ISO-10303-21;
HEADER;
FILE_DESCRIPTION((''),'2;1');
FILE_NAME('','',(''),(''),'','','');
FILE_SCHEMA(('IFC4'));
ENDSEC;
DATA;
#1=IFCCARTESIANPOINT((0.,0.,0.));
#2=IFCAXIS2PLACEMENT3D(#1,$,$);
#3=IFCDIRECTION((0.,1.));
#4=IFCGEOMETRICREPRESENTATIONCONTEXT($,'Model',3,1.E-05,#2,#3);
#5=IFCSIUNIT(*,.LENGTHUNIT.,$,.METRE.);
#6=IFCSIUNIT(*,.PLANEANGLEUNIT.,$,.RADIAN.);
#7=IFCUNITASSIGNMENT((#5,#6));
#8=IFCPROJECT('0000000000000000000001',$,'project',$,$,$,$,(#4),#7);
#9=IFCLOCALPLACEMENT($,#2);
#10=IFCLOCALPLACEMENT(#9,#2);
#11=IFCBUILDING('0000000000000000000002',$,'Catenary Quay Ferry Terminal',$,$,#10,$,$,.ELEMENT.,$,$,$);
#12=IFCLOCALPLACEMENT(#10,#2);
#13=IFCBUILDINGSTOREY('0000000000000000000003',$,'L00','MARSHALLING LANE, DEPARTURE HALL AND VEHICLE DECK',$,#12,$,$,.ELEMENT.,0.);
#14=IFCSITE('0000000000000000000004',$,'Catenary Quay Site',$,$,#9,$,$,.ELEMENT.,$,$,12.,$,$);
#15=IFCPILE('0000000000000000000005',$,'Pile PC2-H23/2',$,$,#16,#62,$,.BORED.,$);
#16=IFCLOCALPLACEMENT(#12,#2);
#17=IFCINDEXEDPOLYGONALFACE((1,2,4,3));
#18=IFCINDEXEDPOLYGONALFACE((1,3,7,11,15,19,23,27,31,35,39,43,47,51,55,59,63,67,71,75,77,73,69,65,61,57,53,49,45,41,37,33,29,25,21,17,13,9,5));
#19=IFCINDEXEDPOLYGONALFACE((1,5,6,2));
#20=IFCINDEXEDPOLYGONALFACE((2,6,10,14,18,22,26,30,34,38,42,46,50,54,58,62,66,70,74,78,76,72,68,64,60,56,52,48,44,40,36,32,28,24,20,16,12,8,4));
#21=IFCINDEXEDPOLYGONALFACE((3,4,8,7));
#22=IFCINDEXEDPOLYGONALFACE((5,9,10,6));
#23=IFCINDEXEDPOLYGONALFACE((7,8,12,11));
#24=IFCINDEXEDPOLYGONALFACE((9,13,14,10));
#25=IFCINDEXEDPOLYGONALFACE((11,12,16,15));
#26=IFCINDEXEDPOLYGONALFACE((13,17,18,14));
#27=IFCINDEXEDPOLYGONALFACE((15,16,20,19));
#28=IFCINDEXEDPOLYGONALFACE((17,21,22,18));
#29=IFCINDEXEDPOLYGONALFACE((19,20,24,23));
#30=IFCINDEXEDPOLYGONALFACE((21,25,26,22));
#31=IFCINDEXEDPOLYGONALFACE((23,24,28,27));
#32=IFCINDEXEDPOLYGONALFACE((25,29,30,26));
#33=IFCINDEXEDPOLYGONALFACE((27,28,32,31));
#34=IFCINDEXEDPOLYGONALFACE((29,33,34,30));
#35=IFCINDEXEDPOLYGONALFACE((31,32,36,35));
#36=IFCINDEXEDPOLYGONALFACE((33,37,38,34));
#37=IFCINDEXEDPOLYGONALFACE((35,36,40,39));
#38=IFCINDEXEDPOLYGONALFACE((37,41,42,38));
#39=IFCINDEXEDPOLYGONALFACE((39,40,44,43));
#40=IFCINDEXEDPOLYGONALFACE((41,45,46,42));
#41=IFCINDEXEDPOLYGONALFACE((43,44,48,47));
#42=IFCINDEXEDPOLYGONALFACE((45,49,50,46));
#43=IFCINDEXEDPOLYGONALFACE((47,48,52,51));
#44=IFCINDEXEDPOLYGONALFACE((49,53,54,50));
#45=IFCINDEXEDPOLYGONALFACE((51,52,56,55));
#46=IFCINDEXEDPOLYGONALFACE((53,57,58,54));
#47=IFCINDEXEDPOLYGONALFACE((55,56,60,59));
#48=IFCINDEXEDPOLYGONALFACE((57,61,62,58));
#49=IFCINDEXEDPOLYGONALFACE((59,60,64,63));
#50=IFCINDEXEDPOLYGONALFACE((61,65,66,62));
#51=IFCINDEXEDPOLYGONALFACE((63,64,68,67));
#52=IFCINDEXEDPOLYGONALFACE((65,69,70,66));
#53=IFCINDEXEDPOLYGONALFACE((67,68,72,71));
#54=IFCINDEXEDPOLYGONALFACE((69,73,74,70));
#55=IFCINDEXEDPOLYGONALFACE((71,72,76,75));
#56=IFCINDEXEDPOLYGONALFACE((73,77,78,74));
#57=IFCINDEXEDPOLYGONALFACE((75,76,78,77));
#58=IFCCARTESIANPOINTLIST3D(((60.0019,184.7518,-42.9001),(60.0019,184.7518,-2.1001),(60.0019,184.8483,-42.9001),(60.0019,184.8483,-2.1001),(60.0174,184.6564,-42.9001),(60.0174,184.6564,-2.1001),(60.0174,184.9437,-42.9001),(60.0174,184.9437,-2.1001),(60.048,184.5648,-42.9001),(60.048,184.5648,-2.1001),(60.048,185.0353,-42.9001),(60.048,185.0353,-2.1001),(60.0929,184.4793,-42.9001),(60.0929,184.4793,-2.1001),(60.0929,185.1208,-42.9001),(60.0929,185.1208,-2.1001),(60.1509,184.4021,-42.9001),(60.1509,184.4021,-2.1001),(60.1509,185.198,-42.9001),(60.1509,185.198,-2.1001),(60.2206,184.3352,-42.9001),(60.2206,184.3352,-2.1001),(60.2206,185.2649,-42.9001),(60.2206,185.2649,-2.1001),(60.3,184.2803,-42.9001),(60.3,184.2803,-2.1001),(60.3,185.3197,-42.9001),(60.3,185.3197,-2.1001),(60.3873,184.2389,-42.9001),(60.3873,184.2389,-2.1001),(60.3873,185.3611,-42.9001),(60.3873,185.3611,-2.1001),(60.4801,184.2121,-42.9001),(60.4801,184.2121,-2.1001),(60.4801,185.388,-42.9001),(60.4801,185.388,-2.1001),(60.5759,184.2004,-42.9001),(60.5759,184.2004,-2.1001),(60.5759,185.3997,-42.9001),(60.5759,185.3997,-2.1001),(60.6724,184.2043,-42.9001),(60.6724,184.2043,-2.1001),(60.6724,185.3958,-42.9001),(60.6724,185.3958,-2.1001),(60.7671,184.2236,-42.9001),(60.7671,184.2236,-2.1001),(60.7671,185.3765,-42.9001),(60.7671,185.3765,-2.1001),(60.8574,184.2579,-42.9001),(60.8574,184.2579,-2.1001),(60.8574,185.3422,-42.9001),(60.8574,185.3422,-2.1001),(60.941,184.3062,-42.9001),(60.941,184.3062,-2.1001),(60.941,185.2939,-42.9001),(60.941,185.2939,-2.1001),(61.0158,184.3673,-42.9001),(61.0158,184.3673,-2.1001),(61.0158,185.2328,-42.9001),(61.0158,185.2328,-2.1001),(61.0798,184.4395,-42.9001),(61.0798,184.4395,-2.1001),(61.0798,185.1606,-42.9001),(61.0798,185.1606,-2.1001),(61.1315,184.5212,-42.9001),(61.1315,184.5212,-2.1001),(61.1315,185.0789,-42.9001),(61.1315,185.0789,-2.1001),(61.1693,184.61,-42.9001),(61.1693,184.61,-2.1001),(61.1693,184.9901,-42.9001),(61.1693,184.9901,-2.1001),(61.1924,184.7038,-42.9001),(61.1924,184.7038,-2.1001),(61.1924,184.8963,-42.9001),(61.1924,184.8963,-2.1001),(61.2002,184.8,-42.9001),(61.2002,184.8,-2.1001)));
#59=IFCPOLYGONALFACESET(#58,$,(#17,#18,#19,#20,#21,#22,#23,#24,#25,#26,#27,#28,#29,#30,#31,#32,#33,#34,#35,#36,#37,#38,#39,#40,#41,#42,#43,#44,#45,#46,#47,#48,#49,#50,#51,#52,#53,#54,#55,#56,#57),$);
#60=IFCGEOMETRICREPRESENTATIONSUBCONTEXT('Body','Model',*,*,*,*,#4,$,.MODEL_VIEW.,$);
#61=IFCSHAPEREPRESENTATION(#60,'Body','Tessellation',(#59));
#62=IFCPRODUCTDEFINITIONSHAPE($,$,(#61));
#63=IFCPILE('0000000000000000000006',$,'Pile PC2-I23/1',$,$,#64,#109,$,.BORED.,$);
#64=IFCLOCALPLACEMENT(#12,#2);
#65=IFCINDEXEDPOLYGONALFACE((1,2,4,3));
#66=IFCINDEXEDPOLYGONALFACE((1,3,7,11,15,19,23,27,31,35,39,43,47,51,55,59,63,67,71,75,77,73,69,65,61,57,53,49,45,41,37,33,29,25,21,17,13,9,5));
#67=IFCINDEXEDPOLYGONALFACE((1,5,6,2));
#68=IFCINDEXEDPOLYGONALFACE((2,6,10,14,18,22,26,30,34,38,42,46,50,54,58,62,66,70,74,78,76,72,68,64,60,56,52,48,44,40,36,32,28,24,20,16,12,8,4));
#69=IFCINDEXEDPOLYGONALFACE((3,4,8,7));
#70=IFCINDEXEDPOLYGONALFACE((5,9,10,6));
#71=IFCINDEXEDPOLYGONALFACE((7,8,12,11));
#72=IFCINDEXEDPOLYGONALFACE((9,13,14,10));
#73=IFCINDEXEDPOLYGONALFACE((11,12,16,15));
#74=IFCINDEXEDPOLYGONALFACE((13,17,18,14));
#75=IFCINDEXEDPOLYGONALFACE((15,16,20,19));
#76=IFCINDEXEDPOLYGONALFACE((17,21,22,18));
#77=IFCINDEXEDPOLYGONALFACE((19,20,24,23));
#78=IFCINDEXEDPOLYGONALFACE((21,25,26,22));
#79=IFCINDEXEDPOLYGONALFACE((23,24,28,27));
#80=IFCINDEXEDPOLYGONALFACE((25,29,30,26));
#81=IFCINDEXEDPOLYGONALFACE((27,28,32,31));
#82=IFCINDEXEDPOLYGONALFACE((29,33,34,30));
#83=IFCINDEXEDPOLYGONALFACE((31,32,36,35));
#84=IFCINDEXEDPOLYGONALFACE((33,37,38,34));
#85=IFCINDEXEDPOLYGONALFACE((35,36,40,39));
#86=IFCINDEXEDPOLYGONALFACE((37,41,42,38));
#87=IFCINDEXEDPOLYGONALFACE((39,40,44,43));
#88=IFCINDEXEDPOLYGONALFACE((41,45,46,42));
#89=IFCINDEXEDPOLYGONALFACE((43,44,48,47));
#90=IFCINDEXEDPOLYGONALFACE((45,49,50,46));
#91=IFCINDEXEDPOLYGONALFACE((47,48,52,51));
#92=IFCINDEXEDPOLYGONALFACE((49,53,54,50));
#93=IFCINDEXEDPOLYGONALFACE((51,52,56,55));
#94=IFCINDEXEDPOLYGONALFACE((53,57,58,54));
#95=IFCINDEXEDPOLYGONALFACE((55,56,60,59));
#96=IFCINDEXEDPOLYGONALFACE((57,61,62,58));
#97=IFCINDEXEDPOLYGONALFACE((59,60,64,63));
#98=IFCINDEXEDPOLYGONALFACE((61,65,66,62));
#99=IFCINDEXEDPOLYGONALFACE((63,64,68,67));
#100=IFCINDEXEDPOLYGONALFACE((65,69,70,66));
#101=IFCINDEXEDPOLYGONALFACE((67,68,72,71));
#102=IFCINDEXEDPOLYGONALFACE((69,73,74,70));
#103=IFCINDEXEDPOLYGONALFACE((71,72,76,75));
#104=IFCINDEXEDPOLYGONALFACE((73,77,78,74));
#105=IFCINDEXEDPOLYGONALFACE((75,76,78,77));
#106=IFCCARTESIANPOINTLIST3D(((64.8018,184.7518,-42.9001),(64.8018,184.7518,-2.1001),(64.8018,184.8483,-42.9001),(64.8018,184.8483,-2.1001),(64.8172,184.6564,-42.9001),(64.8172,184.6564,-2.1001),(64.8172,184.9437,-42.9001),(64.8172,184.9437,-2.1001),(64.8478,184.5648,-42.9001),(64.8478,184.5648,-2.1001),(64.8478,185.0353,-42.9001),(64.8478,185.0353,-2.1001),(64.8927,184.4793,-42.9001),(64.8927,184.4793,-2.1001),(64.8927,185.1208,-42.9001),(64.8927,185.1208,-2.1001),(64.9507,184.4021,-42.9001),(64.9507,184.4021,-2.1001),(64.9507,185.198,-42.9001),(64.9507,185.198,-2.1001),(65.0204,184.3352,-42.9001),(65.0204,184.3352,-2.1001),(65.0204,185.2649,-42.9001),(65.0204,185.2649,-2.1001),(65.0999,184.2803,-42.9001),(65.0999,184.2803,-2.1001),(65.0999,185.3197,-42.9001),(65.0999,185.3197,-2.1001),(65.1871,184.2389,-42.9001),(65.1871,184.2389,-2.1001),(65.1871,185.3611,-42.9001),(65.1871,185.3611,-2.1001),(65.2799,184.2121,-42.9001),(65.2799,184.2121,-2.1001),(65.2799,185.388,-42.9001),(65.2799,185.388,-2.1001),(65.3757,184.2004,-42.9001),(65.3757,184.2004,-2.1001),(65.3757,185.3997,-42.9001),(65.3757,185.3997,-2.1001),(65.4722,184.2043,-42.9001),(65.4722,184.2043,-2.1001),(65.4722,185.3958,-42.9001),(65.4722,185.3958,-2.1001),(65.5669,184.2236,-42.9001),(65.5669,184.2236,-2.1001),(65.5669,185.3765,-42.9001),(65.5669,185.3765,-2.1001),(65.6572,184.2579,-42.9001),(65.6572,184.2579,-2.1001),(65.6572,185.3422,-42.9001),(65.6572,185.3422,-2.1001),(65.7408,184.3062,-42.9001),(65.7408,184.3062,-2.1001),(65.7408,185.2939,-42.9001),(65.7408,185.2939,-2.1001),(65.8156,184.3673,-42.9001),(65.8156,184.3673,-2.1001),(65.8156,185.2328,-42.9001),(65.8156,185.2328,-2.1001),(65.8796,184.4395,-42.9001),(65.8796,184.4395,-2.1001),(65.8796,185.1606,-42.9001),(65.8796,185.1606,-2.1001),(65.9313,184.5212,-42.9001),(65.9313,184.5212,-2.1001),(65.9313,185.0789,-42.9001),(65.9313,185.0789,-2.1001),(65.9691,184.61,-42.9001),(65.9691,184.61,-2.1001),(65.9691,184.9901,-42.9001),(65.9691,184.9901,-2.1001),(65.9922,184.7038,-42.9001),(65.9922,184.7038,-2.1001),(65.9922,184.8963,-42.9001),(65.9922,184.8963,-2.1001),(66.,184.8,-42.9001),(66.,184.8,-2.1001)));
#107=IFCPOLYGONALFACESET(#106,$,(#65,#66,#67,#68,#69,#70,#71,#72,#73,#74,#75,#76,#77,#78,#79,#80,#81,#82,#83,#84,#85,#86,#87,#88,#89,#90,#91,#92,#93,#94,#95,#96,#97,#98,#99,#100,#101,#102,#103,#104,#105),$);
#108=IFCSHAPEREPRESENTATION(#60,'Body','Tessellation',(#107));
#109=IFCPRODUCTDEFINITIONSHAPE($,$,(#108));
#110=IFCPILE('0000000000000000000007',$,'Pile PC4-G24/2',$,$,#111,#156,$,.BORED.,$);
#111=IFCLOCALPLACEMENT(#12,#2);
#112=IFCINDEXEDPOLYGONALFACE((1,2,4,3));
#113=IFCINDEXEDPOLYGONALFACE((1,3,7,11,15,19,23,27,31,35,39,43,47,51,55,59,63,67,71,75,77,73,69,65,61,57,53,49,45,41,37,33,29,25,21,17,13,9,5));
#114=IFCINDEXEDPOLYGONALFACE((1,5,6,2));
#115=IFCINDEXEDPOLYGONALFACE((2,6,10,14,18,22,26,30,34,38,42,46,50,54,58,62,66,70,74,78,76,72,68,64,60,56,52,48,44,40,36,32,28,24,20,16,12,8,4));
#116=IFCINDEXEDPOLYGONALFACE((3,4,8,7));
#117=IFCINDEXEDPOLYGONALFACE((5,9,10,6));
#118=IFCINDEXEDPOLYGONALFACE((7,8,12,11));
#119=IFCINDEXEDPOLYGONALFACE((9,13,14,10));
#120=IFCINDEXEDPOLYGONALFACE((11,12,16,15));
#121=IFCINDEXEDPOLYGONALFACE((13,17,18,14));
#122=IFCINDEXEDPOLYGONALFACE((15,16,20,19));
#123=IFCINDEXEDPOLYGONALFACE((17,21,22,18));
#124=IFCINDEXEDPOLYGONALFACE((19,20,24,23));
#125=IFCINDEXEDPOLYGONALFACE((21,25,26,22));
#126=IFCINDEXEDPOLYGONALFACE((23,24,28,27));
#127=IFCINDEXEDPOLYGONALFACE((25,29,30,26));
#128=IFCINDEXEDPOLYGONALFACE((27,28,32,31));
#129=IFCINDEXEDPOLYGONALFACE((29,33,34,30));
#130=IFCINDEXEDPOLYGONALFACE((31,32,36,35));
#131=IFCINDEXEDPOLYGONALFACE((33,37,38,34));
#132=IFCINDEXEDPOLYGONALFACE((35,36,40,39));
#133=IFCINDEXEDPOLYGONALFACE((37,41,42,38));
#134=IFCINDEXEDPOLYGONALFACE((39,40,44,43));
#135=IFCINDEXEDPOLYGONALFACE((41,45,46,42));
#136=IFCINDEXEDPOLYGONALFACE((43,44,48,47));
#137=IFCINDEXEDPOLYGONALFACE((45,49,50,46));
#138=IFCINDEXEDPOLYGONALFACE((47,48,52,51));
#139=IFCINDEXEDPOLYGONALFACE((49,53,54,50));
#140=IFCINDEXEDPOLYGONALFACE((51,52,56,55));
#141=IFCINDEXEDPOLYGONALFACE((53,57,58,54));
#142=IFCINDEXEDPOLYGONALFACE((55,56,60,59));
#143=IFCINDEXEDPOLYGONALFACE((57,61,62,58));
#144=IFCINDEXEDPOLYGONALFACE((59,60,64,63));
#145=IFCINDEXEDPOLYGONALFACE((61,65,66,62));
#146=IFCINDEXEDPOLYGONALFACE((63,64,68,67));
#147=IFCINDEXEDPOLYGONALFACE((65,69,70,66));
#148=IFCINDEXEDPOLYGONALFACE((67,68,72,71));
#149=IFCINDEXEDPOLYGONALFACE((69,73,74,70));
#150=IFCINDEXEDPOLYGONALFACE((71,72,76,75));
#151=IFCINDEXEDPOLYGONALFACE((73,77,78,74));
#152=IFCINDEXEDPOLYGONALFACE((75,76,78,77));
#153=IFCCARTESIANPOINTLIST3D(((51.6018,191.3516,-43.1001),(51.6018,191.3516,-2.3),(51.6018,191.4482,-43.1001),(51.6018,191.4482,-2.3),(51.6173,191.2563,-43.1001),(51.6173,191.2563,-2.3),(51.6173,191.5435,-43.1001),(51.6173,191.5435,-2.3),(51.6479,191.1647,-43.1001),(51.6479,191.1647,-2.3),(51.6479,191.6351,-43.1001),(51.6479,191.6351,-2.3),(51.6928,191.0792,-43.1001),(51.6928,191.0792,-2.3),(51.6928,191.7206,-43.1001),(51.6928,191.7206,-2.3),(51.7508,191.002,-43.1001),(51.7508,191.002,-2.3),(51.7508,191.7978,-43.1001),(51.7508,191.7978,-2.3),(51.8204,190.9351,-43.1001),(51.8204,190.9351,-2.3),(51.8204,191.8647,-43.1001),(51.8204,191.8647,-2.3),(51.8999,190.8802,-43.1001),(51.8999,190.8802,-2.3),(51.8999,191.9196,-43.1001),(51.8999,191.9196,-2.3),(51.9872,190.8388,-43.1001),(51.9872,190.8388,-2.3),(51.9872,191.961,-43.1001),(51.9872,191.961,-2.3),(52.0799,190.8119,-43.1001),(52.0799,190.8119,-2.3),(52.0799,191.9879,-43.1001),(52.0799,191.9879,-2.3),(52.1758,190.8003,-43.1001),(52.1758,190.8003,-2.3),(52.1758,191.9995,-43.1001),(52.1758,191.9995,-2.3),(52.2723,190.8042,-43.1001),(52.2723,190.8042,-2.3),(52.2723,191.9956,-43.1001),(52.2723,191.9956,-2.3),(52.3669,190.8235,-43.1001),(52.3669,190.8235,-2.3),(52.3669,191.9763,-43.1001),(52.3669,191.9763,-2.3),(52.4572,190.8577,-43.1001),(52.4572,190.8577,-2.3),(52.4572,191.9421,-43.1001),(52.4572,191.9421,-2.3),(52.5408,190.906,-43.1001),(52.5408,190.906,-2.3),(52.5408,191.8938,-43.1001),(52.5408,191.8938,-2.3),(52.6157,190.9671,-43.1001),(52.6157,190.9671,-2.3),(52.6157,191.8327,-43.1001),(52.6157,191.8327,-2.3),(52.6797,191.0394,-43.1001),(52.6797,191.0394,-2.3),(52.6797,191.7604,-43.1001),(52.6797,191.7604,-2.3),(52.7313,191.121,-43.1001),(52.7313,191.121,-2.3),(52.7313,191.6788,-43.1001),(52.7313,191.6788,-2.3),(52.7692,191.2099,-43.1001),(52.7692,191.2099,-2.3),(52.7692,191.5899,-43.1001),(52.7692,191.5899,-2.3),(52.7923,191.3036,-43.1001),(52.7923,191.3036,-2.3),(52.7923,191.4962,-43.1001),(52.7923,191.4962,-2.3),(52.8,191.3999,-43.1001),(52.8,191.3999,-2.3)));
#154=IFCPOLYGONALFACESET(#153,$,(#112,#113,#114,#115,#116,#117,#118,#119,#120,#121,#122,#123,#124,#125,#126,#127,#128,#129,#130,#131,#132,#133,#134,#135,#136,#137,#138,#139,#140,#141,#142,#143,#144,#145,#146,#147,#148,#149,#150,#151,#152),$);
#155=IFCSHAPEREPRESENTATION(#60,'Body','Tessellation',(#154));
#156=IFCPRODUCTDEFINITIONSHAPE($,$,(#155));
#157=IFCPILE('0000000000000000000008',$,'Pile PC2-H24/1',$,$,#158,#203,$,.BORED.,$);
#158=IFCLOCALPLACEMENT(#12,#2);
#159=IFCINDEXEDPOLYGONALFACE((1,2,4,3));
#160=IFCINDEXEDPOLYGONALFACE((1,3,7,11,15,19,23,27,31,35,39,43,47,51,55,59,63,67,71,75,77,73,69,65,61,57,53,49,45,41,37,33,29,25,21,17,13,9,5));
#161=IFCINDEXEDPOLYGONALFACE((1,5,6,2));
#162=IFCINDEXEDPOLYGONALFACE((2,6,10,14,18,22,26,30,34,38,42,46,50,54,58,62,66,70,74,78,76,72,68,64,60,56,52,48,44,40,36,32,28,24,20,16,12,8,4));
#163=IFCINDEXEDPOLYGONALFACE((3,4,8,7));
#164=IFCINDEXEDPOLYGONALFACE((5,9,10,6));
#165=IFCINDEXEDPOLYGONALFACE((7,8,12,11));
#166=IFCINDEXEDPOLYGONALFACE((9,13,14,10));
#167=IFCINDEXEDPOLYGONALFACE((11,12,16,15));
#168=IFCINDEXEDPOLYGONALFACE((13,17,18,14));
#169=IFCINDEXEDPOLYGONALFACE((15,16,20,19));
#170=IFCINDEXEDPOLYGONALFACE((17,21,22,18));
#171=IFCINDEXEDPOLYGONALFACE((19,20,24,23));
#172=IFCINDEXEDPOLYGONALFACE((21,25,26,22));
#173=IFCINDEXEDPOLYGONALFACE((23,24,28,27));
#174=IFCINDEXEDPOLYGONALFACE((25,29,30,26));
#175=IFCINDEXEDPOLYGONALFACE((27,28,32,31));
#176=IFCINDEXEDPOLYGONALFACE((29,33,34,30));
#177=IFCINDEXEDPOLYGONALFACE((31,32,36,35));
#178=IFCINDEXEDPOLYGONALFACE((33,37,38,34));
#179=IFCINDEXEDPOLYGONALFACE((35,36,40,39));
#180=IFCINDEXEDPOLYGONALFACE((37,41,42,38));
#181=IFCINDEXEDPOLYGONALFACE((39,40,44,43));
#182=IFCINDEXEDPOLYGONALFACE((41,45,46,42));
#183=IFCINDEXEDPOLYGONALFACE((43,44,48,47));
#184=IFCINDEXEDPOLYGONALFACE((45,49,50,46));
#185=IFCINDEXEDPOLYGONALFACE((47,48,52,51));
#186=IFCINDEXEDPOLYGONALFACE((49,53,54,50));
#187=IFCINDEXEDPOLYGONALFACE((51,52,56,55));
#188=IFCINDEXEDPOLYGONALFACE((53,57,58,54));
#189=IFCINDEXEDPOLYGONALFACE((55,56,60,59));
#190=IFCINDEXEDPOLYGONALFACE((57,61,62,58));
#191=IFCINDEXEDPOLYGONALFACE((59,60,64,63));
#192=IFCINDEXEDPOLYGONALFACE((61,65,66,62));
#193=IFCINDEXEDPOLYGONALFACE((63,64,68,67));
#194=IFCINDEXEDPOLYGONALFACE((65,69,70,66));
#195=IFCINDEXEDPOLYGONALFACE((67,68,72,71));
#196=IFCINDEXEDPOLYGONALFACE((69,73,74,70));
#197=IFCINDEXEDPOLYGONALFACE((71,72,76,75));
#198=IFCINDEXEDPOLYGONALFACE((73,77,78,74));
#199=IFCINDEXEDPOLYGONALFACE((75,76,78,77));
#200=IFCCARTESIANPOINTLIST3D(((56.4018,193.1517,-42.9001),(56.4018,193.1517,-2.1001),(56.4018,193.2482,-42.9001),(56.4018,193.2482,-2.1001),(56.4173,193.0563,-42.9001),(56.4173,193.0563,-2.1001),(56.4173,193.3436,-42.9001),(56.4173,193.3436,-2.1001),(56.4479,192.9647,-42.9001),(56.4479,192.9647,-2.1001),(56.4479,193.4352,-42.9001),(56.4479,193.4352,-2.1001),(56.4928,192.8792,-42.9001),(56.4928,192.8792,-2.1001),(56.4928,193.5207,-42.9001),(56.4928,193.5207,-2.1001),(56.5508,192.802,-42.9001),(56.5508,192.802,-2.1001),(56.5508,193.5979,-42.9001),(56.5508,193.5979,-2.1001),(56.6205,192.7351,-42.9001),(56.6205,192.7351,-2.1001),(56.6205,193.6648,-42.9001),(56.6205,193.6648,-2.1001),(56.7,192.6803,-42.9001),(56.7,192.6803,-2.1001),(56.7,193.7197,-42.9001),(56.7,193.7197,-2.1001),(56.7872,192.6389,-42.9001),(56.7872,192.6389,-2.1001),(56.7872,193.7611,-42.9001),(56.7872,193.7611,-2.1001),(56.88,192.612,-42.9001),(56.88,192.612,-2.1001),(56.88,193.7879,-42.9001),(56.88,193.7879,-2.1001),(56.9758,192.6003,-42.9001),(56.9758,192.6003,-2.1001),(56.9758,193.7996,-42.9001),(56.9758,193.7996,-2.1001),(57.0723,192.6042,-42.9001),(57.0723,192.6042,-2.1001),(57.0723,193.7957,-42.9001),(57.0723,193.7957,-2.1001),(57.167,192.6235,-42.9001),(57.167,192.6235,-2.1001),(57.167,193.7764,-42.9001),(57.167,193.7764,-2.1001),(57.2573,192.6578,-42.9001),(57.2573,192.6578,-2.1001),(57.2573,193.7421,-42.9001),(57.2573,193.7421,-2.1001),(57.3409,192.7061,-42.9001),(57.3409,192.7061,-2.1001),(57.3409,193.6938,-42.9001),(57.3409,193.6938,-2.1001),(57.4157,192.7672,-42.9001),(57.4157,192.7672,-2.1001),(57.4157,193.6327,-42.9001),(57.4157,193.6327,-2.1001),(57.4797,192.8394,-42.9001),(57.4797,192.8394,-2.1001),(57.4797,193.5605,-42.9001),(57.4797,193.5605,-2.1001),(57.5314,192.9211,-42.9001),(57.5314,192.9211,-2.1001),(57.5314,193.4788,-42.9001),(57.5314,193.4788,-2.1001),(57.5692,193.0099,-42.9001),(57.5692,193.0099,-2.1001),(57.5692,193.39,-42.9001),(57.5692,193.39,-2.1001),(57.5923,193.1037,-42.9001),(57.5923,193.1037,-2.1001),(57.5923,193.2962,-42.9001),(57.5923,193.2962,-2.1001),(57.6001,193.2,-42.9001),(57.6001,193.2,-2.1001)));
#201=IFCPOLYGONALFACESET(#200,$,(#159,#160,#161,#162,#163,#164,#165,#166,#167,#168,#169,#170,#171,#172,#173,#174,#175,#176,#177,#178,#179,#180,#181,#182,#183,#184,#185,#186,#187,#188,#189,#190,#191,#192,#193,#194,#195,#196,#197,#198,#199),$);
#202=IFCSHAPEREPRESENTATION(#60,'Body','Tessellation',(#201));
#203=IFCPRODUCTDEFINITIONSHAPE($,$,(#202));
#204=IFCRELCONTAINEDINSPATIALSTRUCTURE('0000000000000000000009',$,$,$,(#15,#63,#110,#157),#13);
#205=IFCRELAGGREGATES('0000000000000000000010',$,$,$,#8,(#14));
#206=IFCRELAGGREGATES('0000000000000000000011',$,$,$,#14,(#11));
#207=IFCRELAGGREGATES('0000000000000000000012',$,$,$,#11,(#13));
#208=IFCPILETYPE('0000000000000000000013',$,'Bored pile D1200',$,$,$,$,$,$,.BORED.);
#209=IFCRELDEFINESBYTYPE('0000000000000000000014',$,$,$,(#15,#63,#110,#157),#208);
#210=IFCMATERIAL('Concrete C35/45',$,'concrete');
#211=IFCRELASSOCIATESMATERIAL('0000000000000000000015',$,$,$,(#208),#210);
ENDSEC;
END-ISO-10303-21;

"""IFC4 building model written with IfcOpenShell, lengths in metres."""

from ifc_helpers import new_model, si_unit, direction, frame, origin, origin_2d, place, context, subcontext, project, spatial, circle, extrude, material, material_profile, profile_set, type_object, element, save


model = new_model("IFC4")

# Units and contexts
model_context = context("Model", 3, precision=1e-05, world=origin(), true_north=direction((0.0, 1.0)))
body_context = subcontext(model_context, "Body", "Model", "MODEL_VIEW")
ifc_project = project(units=[si_unit("LENGTHUNIT", "METRE"), si_unit("PLANEANGLEUNIT", "RADIAN")], contexts=[model_context])

# Site, building, storey
site_placement = place(None, origin())
site = spatial("IfcSite", under=ifc_project, at=site_placement, Name="Catenary Quay Site", CompositionType="ELEMENT", RefElevation=12.0)
building_placement = place(site_placement, origin())
building = spatial("IfcBuilding", under=site, at=building_placement, Name="Catenary Quay Ferry Terminal", CompositionType="ELEMENT")
storey_placement = place(building_placement, origin())
storey = spatial("IfcBuildingStorey", under=building, at=storey_placement, Name="L00", Description="MARSHALLING LANE, DEPARTURE HALL AND VEHICLE DECK", CompositionType="ELEMENT", Elevation=0.0)

# Piles
ifc_material_1 = material(Name="Concrete C35/45", Category="concrete")
ifc_material_profile_1 = material_profile(ifc_material_1, circle(Radius=0.6001, at=origin_2d()), Name="D1200")
ifc_profile_set_1 = profile_set([ifc_material_profile_1], Name="Concrete C35/45")
pile_type = type_object("IfcPileType", Name="Bored pile D1200", PredefinedType="BORED", material=ifc_profile_set_1)
for number, where, z_axis, x_axis, name in (
    (1, (60.6001, 184.8, -2.1001), (0.0, 0.0, -1.0), (1.0, 0.0, 0.0), "Pile PC2-H23/2"),
    (2, (65.3999, 184.8, -2.1001), (0.0, 0.0, -1.0), (1.0, 0.0, 0.0), "Pile PC2-I23/1"),
    (3, (52.2, 191.3999, -2.3), (0.0, 0.0, -1.0), (1.0, 0.0, 0.0), "Pile PC4-G24/2"),
    (4, (57.0, 193.2, -2.1001), (0.0, 0.0, -1.0), (1.0, 0.0, 0.0), "Pile PC2-H24/1"),
):
    element("IfcPile", number, at=place(storey_placement, frame(where, z_axis=z_axis, x_axis=x_axis)), inside=storey, type_object=pile_type, Name=name, PredefinedType="BORED", context=body_context, shape_type="SweptSolid", body=[
        extrude(circle(Radius=0.6001, at=origin_2d()), origin(), (0.0, 0.0, 1.0), 40.8),
    ])

save(model, "model.ifc")
